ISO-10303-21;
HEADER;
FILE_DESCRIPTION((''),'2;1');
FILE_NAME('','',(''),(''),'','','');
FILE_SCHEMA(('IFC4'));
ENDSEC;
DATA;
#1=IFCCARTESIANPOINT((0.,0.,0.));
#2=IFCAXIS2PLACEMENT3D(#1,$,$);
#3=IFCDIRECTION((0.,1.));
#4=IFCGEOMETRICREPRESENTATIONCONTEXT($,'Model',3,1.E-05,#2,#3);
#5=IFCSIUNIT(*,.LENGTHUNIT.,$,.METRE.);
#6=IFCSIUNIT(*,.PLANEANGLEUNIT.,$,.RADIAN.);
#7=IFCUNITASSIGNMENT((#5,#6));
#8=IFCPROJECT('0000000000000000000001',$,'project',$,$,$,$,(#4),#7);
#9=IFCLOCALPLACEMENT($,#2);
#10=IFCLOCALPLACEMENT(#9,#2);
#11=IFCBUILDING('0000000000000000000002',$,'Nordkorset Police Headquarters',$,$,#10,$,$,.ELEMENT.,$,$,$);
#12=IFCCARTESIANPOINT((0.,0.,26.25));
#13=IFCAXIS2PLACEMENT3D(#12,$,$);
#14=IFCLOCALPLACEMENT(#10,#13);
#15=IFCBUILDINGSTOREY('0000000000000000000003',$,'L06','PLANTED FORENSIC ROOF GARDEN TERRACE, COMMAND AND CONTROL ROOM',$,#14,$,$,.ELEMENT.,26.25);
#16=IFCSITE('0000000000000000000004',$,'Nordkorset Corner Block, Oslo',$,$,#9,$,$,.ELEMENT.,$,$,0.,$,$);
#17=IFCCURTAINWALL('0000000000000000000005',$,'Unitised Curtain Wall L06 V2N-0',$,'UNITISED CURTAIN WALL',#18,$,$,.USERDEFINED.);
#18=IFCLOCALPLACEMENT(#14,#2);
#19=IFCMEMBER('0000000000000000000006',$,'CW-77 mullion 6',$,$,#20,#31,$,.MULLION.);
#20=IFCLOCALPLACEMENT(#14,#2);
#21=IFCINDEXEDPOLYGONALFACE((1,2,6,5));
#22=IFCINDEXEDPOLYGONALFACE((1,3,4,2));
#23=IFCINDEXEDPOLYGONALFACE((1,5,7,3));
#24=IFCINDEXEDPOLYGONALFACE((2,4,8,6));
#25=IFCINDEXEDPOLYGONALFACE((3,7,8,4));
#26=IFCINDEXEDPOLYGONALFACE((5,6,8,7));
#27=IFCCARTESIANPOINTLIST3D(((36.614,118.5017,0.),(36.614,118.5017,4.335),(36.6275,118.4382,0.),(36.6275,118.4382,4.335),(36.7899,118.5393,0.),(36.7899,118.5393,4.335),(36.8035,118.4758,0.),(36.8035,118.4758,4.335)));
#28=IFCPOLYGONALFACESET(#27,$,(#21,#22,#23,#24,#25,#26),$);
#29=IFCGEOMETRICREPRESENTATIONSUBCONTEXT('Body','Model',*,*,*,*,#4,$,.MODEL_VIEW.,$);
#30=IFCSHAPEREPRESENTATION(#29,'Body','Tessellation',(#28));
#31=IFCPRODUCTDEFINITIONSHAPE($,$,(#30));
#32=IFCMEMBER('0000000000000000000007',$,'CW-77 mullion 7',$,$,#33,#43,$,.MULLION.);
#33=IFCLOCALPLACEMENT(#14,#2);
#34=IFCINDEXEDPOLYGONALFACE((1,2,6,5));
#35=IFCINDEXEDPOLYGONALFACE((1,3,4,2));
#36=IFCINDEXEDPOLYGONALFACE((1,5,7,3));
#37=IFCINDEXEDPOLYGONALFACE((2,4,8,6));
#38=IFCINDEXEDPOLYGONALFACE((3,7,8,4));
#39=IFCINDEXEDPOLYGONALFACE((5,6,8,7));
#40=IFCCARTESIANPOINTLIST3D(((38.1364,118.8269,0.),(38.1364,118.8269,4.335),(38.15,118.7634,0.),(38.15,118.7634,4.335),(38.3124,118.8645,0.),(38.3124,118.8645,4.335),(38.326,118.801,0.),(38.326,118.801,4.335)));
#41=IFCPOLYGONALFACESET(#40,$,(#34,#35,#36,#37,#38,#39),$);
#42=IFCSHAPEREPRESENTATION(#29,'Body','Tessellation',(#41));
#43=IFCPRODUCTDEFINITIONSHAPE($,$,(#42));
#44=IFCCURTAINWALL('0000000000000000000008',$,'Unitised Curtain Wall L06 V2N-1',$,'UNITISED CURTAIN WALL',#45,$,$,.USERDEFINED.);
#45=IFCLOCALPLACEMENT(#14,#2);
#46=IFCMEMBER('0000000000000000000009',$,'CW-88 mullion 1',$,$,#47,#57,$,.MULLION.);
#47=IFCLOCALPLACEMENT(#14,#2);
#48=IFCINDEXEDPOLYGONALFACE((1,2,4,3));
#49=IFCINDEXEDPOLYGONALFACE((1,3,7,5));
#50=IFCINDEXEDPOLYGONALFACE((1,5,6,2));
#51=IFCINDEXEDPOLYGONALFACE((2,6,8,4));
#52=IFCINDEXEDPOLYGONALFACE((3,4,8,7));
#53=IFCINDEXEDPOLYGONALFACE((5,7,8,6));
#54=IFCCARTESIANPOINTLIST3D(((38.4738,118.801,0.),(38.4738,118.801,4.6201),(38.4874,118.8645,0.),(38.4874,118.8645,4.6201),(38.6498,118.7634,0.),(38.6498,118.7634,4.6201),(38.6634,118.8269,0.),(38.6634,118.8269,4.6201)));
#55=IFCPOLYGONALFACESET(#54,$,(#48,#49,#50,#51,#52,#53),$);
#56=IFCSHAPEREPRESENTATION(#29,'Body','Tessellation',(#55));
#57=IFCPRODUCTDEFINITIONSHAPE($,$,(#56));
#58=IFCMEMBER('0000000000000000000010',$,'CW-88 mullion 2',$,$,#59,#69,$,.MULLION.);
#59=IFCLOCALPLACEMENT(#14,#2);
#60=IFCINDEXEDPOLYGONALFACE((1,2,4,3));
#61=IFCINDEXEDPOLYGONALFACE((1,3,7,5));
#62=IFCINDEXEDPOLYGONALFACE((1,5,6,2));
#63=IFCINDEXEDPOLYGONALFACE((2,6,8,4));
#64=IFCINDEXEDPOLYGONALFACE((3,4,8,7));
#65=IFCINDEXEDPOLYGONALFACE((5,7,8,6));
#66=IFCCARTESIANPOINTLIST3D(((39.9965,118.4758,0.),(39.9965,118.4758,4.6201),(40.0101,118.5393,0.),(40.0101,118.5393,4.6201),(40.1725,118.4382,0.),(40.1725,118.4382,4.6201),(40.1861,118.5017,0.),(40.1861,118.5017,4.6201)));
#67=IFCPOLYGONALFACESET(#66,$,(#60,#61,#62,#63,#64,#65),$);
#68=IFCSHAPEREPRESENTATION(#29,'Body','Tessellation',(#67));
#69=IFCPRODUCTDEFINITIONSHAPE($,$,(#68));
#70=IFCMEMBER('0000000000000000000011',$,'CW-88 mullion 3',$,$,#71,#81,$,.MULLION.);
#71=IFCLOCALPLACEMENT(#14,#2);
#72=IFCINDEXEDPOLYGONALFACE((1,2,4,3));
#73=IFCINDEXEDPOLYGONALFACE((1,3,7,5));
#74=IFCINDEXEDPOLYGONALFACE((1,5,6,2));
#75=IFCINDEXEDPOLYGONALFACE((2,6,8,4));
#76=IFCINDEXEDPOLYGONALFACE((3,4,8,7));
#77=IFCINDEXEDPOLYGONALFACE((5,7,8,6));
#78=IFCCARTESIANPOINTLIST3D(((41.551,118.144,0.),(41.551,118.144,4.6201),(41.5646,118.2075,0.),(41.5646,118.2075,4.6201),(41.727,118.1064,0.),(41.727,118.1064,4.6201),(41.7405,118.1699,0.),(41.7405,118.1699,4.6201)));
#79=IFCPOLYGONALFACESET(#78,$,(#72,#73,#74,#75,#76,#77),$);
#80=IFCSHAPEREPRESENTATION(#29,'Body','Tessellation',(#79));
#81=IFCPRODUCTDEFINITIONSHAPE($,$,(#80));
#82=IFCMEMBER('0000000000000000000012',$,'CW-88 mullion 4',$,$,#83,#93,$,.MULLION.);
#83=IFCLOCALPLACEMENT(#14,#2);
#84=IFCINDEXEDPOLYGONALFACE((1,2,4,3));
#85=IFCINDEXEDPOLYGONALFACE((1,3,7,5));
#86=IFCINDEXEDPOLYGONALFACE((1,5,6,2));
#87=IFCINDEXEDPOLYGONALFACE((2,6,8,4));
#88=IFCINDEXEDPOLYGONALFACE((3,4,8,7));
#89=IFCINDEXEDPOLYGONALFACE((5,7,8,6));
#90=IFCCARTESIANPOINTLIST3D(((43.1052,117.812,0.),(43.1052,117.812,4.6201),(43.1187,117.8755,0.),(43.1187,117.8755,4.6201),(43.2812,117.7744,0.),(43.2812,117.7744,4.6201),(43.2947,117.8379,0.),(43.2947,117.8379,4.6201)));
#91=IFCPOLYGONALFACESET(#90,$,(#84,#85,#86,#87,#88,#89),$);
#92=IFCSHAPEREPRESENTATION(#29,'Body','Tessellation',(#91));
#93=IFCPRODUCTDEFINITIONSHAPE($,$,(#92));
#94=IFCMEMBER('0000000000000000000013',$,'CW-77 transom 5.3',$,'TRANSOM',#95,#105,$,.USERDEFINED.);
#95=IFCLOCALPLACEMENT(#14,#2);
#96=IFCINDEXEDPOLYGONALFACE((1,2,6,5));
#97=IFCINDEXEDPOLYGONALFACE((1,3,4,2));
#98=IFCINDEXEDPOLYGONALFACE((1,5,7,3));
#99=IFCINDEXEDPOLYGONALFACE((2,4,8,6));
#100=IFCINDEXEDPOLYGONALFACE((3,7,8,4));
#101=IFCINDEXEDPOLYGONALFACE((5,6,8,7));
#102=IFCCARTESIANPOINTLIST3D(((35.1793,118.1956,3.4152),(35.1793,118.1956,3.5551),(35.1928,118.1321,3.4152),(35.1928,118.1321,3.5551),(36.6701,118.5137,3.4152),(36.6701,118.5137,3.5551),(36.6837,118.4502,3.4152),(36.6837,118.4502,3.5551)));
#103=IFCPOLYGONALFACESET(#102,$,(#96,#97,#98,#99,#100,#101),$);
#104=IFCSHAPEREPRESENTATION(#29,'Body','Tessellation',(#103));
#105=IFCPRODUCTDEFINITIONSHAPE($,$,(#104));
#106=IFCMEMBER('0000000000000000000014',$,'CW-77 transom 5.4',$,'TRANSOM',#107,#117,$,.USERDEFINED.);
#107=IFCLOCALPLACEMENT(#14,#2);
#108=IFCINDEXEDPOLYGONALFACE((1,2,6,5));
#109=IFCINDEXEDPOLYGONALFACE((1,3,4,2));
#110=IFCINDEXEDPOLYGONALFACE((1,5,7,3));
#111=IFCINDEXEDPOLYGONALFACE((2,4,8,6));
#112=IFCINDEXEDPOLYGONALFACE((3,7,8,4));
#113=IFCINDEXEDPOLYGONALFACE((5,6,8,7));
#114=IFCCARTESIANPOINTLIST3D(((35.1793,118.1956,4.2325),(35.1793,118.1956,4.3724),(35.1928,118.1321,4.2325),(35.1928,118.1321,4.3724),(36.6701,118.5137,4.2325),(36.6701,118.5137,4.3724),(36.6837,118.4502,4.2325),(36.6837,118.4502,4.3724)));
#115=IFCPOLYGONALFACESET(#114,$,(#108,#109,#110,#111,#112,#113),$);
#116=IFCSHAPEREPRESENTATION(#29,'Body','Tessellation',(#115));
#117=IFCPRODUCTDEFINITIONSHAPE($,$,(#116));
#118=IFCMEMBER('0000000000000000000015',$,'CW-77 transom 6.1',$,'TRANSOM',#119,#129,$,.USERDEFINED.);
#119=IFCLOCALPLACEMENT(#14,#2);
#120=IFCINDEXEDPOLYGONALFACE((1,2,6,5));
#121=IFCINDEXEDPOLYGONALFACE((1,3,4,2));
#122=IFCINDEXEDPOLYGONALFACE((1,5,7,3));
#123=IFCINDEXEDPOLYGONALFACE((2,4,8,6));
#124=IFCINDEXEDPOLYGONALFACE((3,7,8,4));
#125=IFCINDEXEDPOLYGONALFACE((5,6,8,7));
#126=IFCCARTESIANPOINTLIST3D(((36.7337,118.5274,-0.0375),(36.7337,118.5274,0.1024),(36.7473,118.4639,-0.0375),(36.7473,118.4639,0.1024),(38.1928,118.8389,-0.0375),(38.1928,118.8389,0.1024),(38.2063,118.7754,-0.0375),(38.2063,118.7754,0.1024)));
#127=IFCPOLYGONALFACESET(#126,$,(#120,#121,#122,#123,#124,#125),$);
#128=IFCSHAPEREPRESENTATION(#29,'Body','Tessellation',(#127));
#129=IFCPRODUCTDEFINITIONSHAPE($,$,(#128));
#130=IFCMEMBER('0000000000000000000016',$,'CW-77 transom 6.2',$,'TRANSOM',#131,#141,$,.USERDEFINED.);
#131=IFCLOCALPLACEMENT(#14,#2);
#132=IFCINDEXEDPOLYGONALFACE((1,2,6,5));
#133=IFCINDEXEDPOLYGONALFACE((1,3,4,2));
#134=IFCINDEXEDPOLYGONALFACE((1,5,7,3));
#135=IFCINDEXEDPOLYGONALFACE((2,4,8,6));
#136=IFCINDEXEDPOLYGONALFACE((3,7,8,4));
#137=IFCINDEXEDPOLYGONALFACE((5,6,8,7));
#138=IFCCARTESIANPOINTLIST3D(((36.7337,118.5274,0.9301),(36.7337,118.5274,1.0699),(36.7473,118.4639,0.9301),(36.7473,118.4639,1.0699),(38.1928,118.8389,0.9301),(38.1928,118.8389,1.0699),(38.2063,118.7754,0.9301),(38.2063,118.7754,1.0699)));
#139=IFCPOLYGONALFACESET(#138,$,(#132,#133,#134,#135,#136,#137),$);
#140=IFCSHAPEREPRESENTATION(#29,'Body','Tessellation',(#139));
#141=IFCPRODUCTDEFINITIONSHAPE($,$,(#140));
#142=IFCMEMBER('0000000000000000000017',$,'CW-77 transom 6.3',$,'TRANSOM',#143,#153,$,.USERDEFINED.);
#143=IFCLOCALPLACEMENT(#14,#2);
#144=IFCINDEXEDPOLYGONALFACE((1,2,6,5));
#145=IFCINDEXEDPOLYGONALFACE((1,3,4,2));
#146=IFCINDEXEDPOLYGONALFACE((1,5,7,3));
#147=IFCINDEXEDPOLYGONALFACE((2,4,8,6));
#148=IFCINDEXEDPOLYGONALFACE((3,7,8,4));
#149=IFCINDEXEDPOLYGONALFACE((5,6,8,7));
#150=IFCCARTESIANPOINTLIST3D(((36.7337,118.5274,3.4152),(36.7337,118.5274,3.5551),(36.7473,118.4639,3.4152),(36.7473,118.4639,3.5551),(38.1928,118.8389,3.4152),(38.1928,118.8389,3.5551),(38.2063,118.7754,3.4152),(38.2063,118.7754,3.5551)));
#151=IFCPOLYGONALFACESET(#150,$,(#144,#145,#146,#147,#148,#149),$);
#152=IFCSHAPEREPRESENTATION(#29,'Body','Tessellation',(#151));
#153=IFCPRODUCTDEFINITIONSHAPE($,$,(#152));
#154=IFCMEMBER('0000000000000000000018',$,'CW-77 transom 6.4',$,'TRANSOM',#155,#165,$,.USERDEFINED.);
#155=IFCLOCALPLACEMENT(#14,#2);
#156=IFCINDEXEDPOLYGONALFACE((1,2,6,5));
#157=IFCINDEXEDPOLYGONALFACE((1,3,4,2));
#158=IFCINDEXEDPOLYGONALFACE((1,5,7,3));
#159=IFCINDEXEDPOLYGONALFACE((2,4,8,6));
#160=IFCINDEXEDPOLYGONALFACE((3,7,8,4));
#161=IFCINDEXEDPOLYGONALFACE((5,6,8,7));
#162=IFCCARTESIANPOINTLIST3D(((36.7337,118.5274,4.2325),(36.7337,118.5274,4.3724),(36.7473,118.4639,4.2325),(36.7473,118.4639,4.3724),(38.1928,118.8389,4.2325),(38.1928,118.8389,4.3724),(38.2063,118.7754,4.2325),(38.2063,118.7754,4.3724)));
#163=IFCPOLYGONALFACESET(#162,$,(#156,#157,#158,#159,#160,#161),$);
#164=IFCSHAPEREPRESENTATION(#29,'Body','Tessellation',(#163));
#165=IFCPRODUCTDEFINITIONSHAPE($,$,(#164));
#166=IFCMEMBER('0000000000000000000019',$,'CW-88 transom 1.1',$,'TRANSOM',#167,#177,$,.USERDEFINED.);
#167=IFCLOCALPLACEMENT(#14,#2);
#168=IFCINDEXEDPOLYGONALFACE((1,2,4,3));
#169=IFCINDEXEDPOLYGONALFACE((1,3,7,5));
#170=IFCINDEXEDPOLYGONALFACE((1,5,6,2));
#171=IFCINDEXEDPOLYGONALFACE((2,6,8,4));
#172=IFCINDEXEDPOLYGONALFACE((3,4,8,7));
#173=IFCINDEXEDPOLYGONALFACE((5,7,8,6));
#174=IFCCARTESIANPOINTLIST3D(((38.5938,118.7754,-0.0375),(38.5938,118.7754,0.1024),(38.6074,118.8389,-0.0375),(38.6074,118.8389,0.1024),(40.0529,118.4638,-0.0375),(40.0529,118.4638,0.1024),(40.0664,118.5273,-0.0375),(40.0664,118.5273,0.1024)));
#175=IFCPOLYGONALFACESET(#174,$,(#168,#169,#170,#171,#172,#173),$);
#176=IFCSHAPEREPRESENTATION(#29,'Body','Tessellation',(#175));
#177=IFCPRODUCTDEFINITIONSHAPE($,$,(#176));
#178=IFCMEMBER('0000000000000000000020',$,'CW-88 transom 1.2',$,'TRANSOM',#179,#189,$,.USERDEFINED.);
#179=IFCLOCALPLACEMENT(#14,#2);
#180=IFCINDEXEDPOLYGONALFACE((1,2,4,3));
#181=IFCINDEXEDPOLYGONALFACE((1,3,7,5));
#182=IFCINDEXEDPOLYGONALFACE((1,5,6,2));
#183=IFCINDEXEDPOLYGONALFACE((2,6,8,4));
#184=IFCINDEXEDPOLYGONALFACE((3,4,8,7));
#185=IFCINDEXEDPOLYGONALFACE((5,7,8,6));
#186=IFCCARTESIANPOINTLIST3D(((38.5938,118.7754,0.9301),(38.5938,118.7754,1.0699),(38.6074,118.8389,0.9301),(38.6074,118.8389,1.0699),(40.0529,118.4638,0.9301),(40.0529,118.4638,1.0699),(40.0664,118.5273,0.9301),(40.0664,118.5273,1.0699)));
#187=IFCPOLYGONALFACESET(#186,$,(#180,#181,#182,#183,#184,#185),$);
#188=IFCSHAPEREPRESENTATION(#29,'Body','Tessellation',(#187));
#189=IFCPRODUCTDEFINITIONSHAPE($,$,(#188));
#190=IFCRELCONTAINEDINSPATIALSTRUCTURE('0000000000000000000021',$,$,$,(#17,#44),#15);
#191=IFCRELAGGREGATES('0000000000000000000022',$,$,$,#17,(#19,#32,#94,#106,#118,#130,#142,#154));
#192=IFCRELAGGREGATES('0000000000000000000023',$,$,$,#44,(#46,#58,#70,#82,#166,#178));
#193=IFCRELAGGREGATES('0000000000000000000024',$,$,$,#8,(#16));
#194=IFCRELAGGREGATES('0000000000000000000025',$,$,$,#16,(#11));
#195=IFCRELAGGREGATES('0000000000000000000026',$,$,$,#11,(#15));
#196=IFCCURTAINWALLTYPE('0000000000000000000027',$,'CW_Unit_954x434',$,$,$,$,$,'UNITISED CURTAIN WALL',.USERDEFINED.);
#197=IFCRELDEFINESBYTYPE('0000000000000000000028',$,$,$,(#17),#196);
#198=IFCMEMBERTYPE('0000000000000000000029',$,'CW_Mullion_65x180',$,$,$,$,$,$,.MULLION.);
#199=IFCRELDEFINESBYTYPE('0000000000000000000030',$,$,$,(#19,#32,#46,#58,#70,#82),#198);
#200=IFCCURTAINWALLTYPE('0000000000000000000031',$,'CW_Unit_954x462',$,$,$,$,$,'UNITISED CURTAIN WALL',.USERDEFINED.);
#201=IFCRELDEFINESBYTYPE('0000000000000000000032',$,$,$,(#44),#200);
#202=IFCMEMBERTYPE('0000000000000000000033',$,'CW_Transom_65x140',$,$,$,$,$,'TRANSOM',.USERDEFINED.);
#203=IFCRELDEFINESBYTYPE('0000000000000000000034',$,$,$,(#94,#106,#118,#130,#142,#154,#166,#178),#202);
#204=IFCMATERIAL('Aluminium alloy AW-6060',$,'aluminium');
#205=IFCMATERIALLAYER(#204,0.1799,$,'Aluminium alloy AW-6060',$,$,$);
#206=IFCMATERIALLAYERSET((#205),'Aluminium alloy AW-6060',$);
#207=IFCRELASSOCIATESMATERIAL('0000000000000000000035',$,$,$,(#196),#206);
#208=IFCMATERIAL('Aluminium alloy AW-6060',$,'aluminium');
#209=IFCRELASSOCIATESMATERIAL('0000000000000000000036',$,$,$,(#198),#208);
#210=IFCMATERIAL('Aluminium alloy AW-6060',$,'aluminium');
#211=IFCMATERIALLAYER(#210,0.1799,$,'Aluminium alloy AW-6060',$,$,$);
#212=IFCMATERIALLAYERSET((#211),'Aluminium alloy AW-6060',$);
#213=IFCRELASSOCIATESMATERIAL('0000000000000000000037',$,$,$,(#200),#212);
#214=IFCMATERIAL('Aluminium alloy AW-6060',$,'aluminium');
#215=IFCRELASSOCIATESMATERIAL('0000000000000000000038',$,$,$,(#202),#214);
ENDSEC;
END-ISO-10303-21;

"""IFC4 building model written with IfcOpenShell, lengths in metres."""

from ifc_helpers import new_model, si_unit, direction, frame, origin, origin_2d, place, context, subcontext, project, spatial, rectangle, extrude, material, layer, layer_set, material_profile, profile_set, type_object, element, aggregate, save


model = new_model("IFC4")

# Units and contexts
model_context = context("Model", 3, precision=1e-05, world=origin(), true_north=direction((0.0, 1.0)))
body_context = subcontext(model_context, "Body", "Model", "MODEL_VIEW")
ifc_project = project(units=[si_unit("LENGTHUNIT", "METRE"), si_unit("PLANEANGLEUNIT", "RADIAN")], contexts=[model_context])

# Site, building, storey
site_placement = place(None, origin())
site = spatial("IfcSite", under=ifc_project, at=site_placement, Name="Nordkorset Corner Block, Oslo", CompositionType="ELEMENT", RefElevation=0.0)
building_placement = place(site_placement, origin())
building = spatial("IfcBuilding", under=site, at=building_placement, Name="Nordkorset Police Headquarters", CompositionType="ELEMENT")
storey_placement = place(building_placement, frame((0.0, 0.0, 26.25)))
storey = spatial("IfcBuildingStorey", under=building, at=storey_placement, Name="L06", Description="PLANTED FORENSIC ROOF GARDEN TERRACE, COMMAND AND CONTROL ROOM", CompositionType="ELEMENT", Elevation=26.25)

# Curtain walls, members
ifc_material_1 = material(Name="Aluminium alloy AW-6060", Category="aluminium")
ifc_layer_1 = layer(ifc_material_1, 0.1799, Name="Aluminium alloy AW-6060")
ifc_layer_set_1 = layer_set([ifc_layer_1], Name="Aluminium alloy AW-6060")
curtain_wall_type_1 = type_object("IfcCurtainWallType", Name="CW_Unit_954x434", ElementType="UNITISED CURTAIN WALL", PredefinedType="USERDEFINED", material=ifc_layer_set_1)
curtain_wall_1_placement = place(storey_placement, origin())
curtain_wall_1 = element("IfcCurtainWall", 1, at=curtain_wall_1_placement, inside=storey, type_object=curtain_wall_type_1, Name="Unitised Curtain Wall L06 V2N-0", ObjectType="UNITISED CURTAIN WALL", PredefinedType="USERDEFINED")
ifc_material_2 = material(Name="Aluminium alloy AW-6060", Category="aluminium")
ifc_material_profile_1 = material_profile(ifc_material_2, rectangle(XDim=0.0649, YDim=0.1799, at=origin_2d()), Name="ALU MULL 65x180")
ifc_profile_set_1 = profile_set([ifc_material_profile_1], Name="Aluminium alloy AW-6060")
member_type_1 = type_object("IfcMemberType", Name="CW_Mullion_65x180", PredefinedType="MULLION", material=ifc_profile_set_1)
member_1_placement = place(storey_placement, frame((36.7087, 118.4888, 0.0), z_axis=(0.0, 0.0, 1.0), x_axis=(-0.208833, 0.977951, 0.0)))
member_1 = element("IfcMember", 2, at=member_1_placement, type_object=member_type_1, Name="CW-77 mullion 6", PredefinedType="MULLION", context=body_context, shape_type="SweptSolid", body=[
    extrude(rectangle(XDim=0.0649, YDim=0.1799, at=origin_2d()), origin(), (0.0, 0.0, 1.0), 4.335),
])
member_2_placement = place(storey_placement, frame((38.2312, 118.814, 0.0), z_axis=(0.0, 0.0, 1.0), x_axis=(-0.208833, 0.977951, 0.0)))
member_2 = element("IfcMember", 3, at=member_2_placement, type_object=member_type_1, Name="CW-77 mullion 7", PredefinedType="MULLION", context=body_context, shape_type="SweptSolid", body=[
    extrude(rectangle(XDim=0.0649, YDim=0.1799, at=origin_2d()), origin(), (0.0, 0.0, 1.0), 4.335),
])
ifc_material_3 = material(Name="Aluminium alloy AW-6060", Category="aluminium")
ifc_layer_2 = layer(ifc_material_3, 0.1799, Name="Aluminium alloy AW-6060")
ifc_layer_set_2 = layer_set([ifc_layer_2], Name="Aluminium alloy AW-6060")
curtain_wall_type_2 = type_object("IfcCurtainWallType", Name="CW_Unit_954x462", ElementType="UNITISED CURTAIN WALL", PredefinedType="USERDEFINED", material=ifc_layer_set_2)
curtain_wall_2_placement = place(storey_placement, origin())
curtain_wall_2 = element("IfcCurtainWall", 4, at=curtain_wall_2_placement, inside=storey, type_object=curtain_wall_type_2, Name="Unitised Curtain Wall L06 V2N-1", ObjectType="UNITISED CURTAIN WALL", PredefinedType="USERDEFINED")
member_3_placement = place(storey_placement, frame((38.5686, 118.814, 0.0), z_axis=(0.0, 0.0, 1.0), x_axis=(0.208833, 0.977951, 0.0)))
member_3 = element("IfcMember", 5, at=member_3_placement, type_object=member_type_1, Name="CW-88 mullion 1", PredefinedType="MULLION", context=body_context, shape_type="SweptSolid", body=[
    extrude(rectangle(XDim=0.0649, YDim=0.1799, at=origin_2d()), origin(), (0.0, 0.0, 1.0), 4.6201),
])
member_4_placement = place(storey_placement, frame((40.0913, 118.4888, 0.0), z_axis=(0.0, 0.0, 1.0), x_axis=(0.208833, 0.977951, 0.0)))
member_4 = element("IfcMember", 6, at=member_4_placement, type_object=member_type_1, Name="CW-88 mullion 2", PredefinedType="MULLION", context=body_context, shape_type="SweptSolid", body=[
    extrude(rectangle(XDim=0.0649, YDim=0.1799, at=origin_2d()), origin(), (0.0, 0.0, 1.0), 4.6201),
])
member_5_placement = place(storey_placement, frame((41.6458, 118.157, 0.0), z_axis=(0.0, 0.0, 1.0), x_axis=(0.208833, 0.977951, 0.0)))
member_5 = element("IfcMember", 7, at=member_5_placement, type_object=member_type_1, Name="CW-88 mullion 3", PredefinedType="MULLION", context=body_context, shape_type="SweptSolid", body=[
    extrude(rectangle(XDim=0.0649, YDim=0.1799, at=origin_2d()), origin(), (0.0, 0.0, 1.0), 4.6201),
])
member_6_placement = place(storey_placement, frame((43.2, 117.825, 0.0), z_axis=(0.0, 0.0, 1.0), x_axis=(0.208833, 0.977951, 0.0)))
member_6 = element("IfcMember", 8, at=member_6_placement, type_object=member_type_1, Name="CW-88 mullion 4", PredefinedType="MULLION", context=body_context, shape_type="SweptSolid", body=[
    extrude(rectangle(XDim=0.0649, YDim=0.1799, at=origin_2d()), origin(), (0.0, 0.0, 1.0), 4.6201),
])

# Members
ifc_material_4 = material(Name="Aluminium alloy AW-6060", Category="aluminium")
ifc_material_profile_2 = material_profile(ifc_material_4, rectangle(XDim=0.0649, YDim=0.1399, at=origin_2d()), Name="ALU TRAN 65x140")
ifc_profile_set_2 = profile_set([ifc_material_profile_2], Name="Aluminium alloy AW-6060")
member_type_2 = type_object("IfcMemberType", Name="CW_Transom_65x140", ElementType="TRANSOM", PredefinedType="USERDEFINED", material=ifc_profile_set_2)
member_7_placement = place(storey_placement, frame((35.186, 118.1638, 3.4851), z_axis=(0.977987, 0.208665, 0.0), x_axis=(-0.208665, 0.977987, 0.0)))
member_7 = element("IfcMember", 9, at=member_7_placement, type_object=member_type_2, Name="CW-77 transom 5.3", ObjectType="TRANSOM", PredefinedType="USERDEFINED", context=body_context, shape_type="SweptSolid", body=[
    extrude(rectangle(XDim=0.0649, YDim=0.1399, at=origin_2d()), origin(), (0.0, 0.0, 1.0), 1.5244),
])
member_8_placement = place(storey_placement, frame((35.186, 118.1638, 4.3025), z_axis=(0.977987, 0.208665, 0.0), x_axis=(-0.208665, 0.977987, 0.0)))
member_8 = element("IfcMember", 10, at=member_8_placement, type_object=member_type_2, Name="CW-77 transom 5.4", ObjectType="TRANSOM", PredefinedType="USERDEFINED", context=body_context, shape_type="SweptSolid", body=[
    extrude(rectangle(XDim=0.0649, YDim=0.1399, at=origin_2d()), origin(), (0.0, 0.0, 1.0), 1.5244),
])
member_9_placement = place(storey_placement, frame((36.7405, 118.4956, 0.0325), z_axis=(0.977955, 0.208814, 0.0), x_axis=(-0.208814, 0.977955, 0.0)))
member_9 = element("IfcMember", 11, at=member_9_placement, type_object=member_type_2, Name="CW-77 transom 6.1", ObjectType="TRANSOM", PredefinedType="USERDEFINED", context=body_context, shape_type="SweptSolid", body=[
    extrude(rectangle(XDim=0.0649, YDim=0.1399, at=origin_2d()), origin(), (0.0, 0.0, 1.0), 1.4919),
])
member_10_placement = place(storey_placement, frame((36.7405, 118.4956, 1.0), z_axis=(0.977955, 0.208814, 0.0), x_axis=(-0.208814, 0.977955, 0.0)))
member_10 = element("IfcMember", 12, at=member_10_placement, type_object=member_type_2, Name="CW-77 transom 6.2", ObjectType="TRANSOM", PredefinedType="USERDEFINED", context=body_context, shape_type="SweptSolid", body=[
    extrude(rectangle(XDim=0.0649, YDim=0.1399, at=origin_2d()), origin(), (0.0, 0.0, 1.0), 1.4919),
])
member_11_placement = place(storey_placement, frame((36.7405, 118.4956, 3.4851), z_axis=(0.977955, 0.208814, 0.0), x_axis=(-0.208814, 0.977955, 0.0)))
member_11 = element("IfcMember", 13, at=member_11_placement, type_object=member_type_2, Name="CW-77 transom 6.3", ObjectType="TRANSOM", PredefinedType="USERDEFINED", context=body_context, shape_type="SweptSolid", body=[
    extrude(rectangle(XDim=0.0649, YDim=0.1399, at=origin_2d()), origin(), (0.0, 0.0, 1.0), 1.4919),
])
member_12_placement = place(storey_placement, frame((36.7405, 118.4956, 4.3025), z_axis=(0.977955, 0.208814, 0.0), x_axis=(-0.208814, 0.977955, 0.0)))
member_12 = element("IfcMember", 14, at=member_12_placement, type_object=member_type_2, Name="CW-77 transom 6.4", ObjectType="TRANSOM", PredefinedType="USERDEFINED", context=body_context, shape_type="SweptSolid", body=[
    extrude(rectangle(XDim=0.0649, YDim=0.1399, at=origin_2d()), origin(), (0.0, 0.0, 1.0), 1.4919),
])
member_13_placement = place(storey_placement, frame((38.6006, 118.8071, 0.0325), z_axis=(0.977955, -0.208814, 0.0), x_axis=(0.208814, 0.977955, 0.0)))
member_13 = element("IfcMember", 15, at=member_13_placement, type_object=member_type_2, Name="CW-88 transom 1.1", ObjectType="TRANSOM", PredefinedType="USERDEFINED", context=body_context, shape_type="SweptSolid", body=[
    extrude(rectangle(XDim=0.0649, YDim=0.1399, at=origin_2d()), origin(), (0.0, 0.0, 1.0), 1.4919),
])
member_14_placement = place(storey_placement, frame((38.6006, 118.8071, 1.0), z_axis=(0.977955, -0.208814, 0.0), x_axis=(0.208814, 0.977955, 0.0)))
member_14 = element("IfcMember", 16, at=member_14_placement, type_object=member_type_2, Name="CW-88 transom 1.2", ObjectType="TRANSOM", PredefinedType="USERDEFINED", context=body_context, shape_type="SweptSolid", body=[
    extrude(rectangle(XDim=0.0649, YDim=0.1399, at=origin_2d()), origin(), (0.0, 0.0, 1.0), 1.4919),
])

aggregate(curtain_wall_1, [member_1, member_2, member_7, member_8, member_9, member_10, member_11, member_12])
aggregate(curtain_wall_2, [member_3, member_4, member_5, member_6, member_13, member_14])

save(model, "model.ifc")
